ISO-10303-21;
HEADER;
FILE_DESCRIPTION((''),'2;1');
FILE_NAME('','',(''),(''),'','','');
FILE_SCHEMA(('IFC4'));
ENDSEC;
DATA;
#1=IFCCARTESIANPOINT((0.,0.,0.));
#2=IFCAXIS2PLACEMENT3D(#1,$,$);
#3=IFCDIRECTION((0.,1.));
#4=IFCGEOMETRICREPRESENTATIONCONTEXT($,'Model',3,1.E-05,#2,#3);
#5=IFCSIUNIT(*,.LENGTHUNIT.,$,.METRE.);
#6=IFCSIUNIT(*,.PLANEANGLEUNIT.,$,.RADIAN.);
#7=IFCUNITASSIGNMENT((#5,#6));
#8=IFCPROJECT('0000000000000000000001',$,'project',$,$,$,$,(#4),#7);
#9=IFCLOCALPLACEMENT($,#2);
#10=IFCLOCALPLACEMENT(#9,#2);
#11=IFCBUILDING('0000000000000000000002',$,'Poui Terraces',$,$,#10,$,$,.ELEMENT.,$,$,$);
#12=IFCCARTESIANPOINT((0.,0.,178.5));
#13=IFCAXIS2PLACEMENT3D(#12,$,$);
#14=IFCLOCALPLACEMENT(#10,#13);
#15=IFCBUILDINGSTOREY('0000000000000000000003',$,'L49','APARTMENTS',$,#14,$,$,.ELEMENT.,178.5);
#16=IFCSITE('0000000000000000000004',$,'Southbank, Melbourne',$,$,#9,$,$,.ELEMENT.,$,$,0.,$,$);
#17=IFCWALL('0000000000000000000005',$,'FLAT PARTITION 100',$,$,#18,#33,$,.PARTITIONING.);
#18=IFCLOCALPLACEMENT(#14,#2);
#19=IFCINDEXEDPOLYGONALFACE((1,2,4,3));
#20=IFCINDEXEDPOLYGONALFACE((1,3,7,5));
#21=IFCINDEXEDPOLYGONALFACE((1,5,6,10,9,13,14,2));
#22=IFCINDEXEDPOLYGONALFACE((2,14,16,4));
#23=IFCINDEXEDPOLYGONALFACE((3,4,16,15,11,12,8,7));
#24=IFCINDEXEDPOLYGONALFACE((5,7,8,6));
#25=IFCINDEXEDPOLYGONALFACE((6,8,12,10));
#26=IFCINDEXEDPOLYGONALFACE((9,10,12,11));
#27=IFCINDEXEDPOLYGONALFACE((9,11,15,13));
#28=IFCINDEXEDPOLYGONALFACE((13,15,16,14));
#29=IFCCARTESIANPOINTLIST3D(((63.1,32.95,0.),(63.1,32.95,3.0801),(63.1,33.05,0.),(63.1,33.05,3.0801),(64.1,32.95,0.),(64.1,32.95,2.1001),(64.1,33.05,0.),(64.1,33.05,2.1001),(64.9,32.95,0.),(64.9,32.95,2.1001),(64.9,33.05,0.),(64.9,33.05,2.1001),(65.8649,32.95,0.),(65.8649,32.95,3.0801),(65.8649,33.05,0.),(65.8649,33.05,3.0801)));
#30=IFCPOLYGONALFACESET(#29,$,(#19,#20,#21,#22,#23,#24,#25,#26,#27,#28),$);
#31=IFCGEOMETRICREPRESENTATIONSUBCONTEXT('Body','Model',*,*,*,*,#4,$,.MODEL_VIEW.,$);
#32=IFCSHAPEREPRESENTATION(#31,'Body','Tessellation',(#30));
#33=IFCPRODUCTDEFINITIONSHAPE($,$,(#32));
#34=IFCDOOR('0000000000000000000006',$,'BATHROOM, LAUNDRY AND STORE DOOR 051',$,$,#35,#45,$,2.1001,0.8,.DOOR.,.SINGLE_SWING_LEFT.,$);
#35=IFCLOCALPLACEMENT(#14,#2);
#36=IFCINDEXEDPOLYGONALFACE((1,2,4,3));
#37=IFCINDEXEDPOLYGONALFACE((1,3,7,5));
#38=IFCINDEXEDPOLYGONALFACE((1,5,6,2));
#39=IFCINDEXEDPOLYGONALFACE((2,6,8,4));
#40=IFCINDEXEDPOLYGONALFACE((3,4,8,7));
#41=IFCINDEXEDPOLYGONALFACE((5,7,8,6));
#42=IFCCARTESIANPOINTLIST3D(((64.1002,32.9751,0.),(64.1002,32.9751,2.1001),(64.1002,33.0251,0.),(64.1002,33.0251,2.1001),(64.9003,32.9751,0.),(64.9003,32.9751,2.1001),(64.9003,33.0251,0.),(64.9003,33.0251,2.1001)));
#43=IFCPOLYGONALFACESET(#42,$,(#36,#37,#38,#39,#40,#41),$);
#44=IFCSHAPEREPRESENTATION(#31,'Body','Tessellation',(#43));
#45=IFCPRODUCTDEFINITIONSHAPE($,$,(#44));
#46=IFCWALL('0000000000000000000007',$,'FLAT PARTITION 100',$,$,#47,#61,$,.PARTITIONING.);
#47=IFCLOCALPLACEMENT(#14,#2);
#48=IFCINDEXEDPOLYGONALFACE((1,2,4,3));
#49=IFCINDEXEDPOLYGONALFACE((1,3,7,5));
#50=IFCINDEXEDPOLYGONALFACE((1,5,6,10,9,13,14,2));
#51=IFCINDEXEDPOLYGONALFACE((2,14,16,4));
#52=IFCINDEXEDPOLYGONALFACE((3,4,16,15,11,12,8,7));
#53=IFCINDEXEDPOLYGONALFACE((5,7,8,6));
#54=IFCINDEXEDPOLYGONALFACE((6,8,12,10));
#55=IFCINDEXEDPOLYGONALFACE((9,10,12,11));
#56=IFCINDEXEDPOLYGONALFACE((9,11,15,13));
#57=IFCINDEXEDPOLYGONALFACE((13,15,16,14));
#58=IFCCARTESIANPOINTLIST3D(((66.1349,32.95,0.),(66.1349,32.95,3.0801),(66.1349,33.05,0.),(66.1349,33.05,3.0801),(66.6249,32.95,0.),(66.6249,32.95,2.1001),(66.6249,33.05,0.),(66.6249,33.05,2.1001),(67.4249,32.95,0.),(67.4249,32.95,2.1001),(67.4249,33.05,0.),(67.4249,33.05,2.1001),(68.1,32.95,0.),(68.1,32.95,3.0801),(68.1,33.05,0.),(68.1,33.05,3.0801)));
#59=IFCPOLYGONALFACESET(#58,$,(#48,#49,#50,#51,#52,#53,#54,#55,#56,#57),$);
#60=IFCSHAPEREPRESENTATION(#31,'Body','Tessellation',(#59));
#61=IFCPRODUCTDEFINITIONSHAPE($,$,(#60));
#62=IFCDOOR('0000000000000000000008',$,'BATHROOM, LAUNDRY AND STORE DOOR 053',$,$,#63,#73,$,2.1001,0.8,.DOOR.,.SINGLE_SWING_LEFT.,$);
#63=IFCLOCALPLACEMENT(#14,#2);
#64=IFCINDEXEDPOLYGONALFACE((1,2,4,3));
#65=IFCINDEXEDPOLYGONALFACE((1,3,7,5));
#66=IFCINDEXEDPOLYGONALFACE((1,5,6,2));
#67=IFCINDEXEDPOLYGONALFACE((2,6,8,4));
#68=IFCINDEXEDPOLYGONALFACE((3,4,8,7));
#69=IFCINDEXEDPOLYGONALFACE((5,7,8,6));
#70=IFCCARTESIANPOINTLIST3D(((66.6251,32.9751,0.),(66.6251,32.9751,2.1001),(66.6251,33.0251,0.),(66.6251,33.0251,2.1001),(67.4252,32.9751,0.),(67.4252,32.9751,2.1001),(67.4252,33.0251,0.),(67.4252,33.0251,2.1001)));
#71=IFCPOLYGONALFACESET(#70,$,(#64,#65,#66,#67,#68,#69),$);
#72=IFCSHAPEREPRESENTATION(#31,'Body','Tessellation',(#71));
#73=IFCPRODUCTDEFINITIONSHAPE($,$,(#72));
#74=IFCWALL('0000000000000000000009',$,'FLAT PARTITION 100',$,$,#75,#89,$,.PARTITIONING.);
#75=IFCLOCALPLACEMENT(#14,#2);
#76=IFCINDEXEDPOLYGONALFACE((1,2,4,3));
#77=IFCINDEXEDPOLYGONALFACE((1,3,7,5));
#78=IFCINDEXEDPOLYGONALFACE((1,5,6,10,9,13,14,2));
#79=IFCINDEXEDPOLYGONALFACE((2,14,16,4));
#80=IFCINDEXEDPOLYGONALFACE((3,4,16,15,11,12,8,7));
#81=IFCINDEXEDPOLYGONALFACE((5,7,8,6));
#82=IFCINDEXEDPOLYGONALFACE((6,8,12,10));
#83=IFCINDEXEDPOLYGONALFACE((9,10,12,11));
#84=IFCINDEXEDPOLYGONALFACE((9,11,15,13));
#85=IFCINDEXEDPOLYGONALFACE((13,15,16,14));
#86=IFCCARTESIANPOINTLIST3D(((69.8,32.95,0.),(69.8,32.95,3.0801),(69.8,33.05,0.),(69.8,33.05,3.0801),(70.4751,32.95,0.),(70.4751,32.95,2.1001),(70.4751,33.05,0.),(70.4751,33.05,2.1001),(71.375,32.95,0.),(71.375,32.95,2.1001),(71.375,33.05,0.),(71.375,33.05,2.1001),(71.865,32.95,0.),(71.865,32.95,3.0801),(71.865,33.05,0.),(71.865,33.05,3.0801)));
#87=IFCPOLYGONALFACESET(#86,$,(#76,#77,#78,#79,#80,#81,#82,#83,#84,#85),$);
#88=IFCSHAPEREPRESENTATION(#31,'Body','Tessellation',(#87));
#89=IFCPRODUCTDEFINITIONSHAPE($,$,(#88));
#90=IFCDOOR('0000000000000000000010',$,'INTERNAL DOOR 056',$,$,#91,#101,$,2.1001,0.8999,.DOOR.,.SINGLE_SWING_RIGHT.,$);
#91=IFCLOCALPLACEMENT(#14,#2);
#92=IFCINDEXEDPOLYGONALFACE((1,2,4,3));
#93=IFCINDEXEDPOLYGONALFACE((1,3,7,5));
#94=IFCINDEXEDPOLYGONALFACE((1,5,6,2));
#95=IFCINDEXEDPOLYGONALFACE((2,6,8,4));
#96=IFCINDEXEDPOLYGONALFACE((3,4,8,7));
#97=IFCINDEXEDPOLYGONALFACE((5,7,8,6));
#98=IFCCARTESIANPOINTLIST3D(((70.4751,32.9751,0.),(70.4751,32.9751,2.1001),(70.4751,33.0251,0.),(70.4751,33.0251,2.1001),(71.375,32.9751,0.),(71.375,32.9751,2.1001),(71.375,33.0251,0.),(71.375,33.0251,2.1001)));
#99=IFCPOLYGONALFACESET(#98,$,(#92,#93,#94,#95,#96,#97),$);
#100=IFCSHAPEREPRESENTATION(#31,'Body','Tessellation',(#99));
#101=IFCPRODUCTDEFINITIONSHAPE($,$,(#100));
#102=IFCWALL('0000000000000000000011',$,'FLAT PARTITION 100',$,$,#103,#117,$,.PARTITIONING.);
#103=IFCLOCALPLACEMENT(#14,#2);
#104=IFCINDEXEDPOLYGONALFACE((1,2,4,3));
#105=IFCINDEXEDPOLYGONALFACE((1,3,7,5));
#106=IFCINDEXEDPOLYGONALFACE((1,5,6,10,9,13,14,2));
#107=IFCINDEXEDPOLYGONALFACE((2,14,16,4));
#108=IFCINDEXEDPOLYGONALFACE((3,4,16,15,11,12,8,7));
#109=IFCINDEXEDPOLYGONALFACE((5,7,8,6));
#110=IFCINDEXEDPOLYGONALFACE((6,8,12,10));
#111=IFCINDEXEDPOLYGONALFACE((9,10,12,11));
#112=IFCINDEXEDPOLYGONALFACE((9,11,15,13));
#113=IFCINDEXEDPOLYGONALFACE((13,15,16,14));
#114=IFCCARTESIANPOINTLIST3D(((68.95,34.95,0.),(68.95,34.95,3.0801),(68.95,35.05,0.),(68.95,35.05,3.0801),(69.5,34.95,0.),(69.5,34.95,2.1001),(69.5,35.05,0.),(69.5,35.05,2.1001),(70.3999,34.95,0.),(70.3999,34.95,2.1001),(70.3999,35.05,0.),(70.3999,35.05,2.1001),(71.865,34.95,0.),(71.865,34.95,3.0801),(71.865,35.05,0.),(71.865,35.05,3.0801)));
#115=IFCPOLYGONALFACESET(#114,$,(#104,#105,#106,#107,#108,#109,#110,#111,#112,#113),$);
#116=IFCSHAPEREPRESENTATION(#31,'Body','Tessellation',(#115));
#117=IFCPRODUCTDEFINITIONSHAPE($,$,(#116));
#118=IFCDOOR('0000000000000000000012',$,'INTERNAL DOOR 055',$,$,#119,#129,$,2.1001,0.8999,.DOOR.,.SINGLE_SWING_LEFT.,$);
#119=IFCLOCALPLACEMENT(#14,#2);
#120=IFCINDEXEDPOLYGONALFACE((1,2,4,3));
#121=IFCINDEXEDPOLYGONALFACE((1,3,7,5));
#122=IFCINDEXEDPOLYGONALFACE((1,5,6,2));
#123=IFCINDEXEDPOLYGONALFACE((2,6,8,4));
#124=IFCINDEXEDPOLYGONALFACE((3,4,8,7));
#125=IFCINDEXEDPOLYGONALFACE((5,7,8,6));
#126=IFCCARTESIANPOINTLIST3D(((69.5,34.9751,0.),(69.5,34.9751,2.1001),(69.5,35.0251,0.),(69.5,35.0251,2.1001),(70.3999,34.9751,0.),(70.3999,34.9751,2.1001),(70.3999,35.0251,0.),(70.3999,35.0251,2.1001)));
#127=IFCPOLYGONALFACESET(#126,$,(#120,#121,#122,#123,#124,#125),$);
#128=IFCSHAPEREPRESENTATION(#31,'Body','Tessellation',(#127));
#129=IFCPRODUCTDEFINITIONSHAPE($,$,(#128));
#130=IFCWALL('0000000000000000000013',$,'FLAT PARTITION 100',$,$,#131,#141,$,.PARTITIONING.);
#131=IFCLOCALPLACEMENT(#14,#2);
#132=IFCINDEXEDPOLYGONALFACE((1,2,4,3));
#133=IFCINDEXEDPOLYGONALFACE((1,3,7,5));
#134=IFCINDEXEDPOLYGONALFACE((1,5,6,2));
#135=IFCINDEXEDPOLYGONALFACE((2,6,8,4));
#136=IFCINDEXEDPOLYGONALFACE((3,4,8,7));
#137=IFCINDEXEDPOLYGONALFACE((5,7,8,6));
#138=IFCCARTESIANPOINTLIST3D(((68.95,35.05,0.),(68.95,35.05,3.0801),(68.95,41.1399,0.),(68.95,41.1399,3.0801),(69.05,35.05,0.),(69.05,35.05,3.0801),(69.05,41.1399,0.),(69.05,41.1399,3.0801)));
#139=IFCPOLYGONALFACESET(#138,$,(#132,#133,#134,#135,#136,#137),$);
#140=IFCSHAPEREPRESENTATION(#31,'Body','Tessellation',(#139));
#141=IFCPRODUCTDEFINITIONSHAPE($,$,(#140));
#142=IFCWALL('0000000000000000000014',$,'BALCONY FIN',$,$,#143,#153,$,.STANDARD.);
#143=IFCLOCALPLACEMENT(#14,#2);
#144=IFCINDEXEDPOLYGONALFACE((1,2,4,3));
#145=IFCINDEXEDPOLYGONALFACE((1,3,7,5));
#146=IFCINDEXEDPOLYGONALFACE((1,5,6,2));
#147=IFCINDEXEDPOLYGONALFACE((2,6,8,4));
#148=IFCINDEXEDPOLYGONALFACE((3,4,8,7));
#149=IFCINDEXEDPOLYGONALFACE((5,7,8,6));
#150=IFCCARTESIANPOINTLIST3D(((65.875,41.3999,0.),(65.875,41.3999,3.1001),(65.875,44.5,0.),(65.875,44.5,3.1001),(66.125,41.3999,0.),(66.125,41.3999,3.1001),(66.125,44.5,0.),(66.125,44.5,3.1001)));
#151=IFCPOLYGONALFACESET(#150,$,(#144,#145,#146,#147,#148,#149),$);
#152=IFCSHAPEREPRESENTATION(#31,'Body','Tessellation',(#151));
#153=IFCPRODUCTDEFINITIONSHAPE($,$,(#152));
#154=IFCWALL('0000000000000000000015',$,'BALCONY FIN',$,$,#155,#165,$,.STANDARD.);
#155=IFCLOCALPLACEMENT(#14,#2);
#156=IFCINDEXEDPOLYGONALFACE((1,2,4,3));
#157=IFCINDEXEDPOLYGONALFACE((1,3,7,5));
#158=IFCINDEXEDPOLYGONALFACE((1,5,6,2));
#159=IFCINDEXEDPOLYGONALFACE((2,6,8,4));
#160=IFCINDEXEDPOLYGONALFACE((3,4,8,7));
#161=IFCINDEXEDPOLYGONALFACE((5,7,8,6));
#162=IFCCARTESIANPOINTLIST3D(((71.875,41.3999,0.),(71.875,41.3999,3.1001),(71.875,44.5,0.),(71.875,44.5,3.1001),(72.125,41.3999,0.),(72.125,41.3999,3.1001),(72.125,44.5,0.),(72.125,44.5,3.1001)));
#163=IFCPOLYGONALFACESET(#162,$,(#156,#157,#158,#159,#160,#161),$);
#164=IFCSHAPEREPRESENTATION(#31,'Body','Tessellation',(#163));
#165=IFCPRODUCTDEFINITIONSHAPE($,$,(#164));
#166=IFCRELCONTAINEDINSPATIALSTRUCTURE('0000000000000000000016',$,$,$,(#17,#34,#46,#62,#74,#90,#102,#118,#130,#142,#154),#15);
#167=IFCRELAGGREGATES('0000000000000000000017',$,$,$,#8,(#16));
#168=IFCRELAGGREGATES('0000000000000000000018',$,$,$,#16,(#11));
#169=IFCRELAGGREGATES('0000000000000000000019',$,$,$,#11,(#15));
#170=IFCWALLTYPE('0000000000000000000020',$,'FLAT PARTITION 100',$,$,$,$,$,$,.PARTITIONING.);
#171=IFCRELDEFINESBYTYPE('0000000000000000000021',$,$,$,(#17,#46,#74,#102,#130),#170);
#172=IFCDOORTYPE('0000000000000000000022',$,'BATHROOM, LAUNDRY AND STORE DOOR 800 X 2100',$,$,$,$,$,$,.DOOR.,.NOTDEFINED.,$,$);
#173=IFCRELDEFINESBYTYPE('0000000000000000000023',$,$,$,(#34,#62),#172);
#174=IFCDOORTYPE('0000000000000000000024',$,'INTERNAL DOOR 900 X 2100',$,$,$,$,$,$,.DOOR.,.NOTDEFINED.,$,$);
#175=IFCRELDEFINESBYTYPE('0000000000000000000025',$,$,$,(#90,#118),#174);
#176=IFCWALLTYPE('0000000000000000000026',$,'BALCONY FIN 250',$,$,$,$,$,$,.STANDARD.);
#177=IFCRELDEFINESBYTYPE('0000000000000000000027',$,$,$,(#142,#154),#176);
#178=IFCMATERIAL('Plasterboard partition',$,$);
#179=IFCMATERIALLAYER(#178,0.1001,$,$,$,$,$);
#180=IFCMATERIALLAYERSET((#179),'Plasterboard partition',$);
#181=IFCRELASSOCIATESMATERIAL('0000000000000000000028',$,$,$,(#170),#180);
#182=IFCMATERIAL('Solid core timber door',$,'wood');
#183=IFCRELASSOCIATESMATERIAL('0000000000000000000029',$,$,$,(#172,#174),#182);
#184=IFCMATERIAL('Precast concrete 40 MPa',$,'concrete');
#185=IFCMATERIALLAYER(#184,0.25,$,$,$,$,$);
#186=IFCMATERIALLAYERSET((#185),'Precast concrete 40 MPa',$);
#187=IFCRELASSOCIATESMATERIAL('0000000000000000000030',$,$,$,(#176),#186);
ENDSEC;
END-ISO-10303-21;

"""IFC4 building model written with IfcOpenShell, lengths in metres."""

from ifc_helpers import new_model, si_unit, direction, frame, frame_2d, origin, place, context, subcontext, project, spatial, polyline, rectangle, outline, extrude, source, transform, mapped, material, layer, layer_set, type_object, element, fill, save


model = new_model("IFC4")

# Units and contexts
model_context = context("Model", 3, precision=1e-05, world=origin(), true_north=direction((0.0, 1.0)))
body_context = subcontext(model_context, "Body", "Model", "MODEL_VIEW")
ifc_project = project(units=[si_unit("LENGTHUNIT", "METRE"), si_unit("PLANEANGLEUNIT", "RADIAN")], contexts=[model_context])

# Site, building, storey
site_placement = place(None, origin())
site = spatial("IfcSite", under=ifc_project, at=site_placement, Name="Southbank, Melbourne", CompositionType="ELEMENT", RefElevation=0.0)
building_placement = place(site_placement, origin())
building = spatial("IfcBuilding", under=site, at=building_placement, Name="Poui Terraces", CompositionType="ELEMENT")
storey_placement = place(building_placement, frame((0.0, 0.0, 178.5)))
storey = spatial("IfcBuildingStorey", under=building, at=storey_placement, Name="L49", Description="APARTMENTS", CompositionType="ELEMENT", Elevation=178.5)

# Walls, openings, doors
ifc_material_1 = material(Name="Plasterboard partition")
ifc_layer_1 = layer(ifc_material_1, 0.1001)
ifc_layer_set_1 = layer_set([ifc_layer_1], Name="Plasterboard partition")
wall_type_1 = type_object("IfcWallType", Name="FLAT PARTITION 100", PredefinedType="PARTITIONING", material=ifc_layer_set_1)
wall_1_placement = place(storey_placement, frame((63.1001, 33.0, 0.0), z_axis=(0.0, 0.0, 1.0), x_axis=(1.0, 0.0, 0.0)))
wall_1 = element("IfcWall", 1, at=wall_1_placement, inside=storey, type_object=wall_type_1, Name="FLAT PARTITION 100", PredefinedType="PARTITIONING", context=body_context, shape_type="SweptSolid", body=[
    extrude(rectangle(XDim=2.7649, YDim=0.1001, at=frame_2d((1.3823, 0.0))), origin(), (0.0, 0.0, 1.0), 3.0801),
])
opening_1_placement = place(wall_1_placement, frame((1.0, 0.0, 0.0)))
opening_1 = element("IfcOpeningElement", 2, at=opening_1_placement, cuts=wall_1, PredefinedType="OPENING", context=body_context, shape_type="SweptSolid", body=[
    extrude(rectangle(XDim=0.8, YDim=2.1001, at=frame_2d((0.3999, 1.05))), frame((0.0, 0.0601, 0.0), z_axis=(0.0, -1.0, 0.0), x_axis=(1.0, 0.0, 0.0)), (0.0, 0.0, 1.0), 0.1201),
])
ifc_material_2 = material(Name="Solid core timber door", Category="wood")
door_type_1 = type_object("IfcDoorType", Name="BATHROOM, LAUNDRY AND STORE DOOR 800 X 2100", OperationType="NOTDEFINED", PredefinedType="DOOR", material=ifc_material_2)
door_1_placement = place(opening_1_placement, frame((0.8, 0.0, 0.0), z_axis=(0.0, 0.0, 1.0), x_axis=(-1.0, 0.0, 0.0)))
door_1 = element("IfcDoor", 3, at=door_1_placement, inside=storey, type_object=door_type_1, Name="BATHROOM, LAUNDRY AND STORE DOOR 051", OperationType="SINGLE_SWING_LEFT", OverallHeight=2.1001, OverallWidth=0.8, PredefinedType="DOOR", context=body_context, shape_type="SweptSolid", body=[
    extrude(rectangle(XDim=0.8, YDim=2.1001, at=frame_2d((0.3999, 1.05))), frame((0.0, 0.0249, 0.0), z_axis=(0.0, -1.0, 0.0), x_axis=(1.0, 0.0, 0.0)), (0.0, 0.0, 1.0), 0.05),
])
fill(opening_1, door_1)
wall_2_placement = place(storey_placement, frame((66.135, 33.0, 0.0), z_axis=(0.0, 0.0, 1.0), x_axis=(1.0, 0.0, 0.0)))
wall_2 = element("IfcWall", 4, at=wall_2_placement, inside=storey, type_object=wall_type_1, Name="FLAT PARTITION 100", PredefinedType="PARTITIONING", context=body_context, shape_type="SweptSolid", body=[
    extrude(rectangle(XDim=1.9651, YDim=0.1001, at=frame_2d((0.9824, 0.0))), origin(), (0.0, 0.0, 1.0), 3.0801),
])
opening_2_placement = place(wall_2_placement, frame((0.49, 0.0, 0.0)))
opening_2 = element("IfcOpeningElement", 5, at=opening_2_placement, cuts=wall_2, PredefinedType="OPENING", context=body_context, shape_type="SweptSolid", body=[
    extrude(rectangle(XDim=0.8, YDim=2.1001, at=frame_2d((0.3999, 1.05))), frame((0.0, 0.0601, 0.0), z_axis=(0.0, -1.0, 0.0), x_axis=(1.0, 0.0, 0.0)), (0.0, 0.0, 1.0), 0.1201),
])
door_2_placement = place(opening_2_placement, frame((0.8, 0.0, 0.0), z_axis=(0.0, 0.0, 1.0), x_axis=(-1.0, 0.0, 0.0)))
door_2 = element("IfcDoor", 6, at=door_2_placement, inside=storey, type_object=door_type_1, Name="BATHROOM, LAUNDRY AND STORE DOOR 053", OperationType="SINGLE_SWING_LEFT", OverallHeight=2.1001, OverallWidth=0.8, PredefinedType="DOOR", context=body_context, shape_type="SweptSolid", body=[
    extrude(rectangle(XDim=0.8, YDim=2.1001, at=frame_2d((0.3999, 1.05))), frame((0.0, 0.0249, 0.0), z_axis=(0.0, -1.0, 0.0), x_axis=(1.0, 0.0, 0.0)), (0.0, 0.0, 1.0), 0.05),
])
fill(opening_2, door_2)
wall_3_placement = place(storey_placement, frame((69.8, 33.0, 0.0), z_axis=(0.0, 0.0, 1.0), x_axis=(1.0, 0.0, 0.0)))
wall_3 = element("IfcWall", 7, at=wall_3_placement, inside=storey, type_object=wall_type_1, Name="FLAT PARTITION 100", PredefinedType="PARTITIONING", context=body_context, shape_type="SweptSolid", body=[
    extrude(rectangle(XDim=2.0649, YDim=0.1001, at=frame_2d((1.0325, 0.0))), origin(), (0.0, 0.0, 1.0), 3.0801),
])
opening_3_placement = place(wall_3_placement, frame((0.675, 0.0, 0.0)))
opening_3 = element("IfcOpeningElement", 8, at=opening_3_placement, cuts=wall_3, PredefinedType="OPENING", context=body_context, shape_type="SweptSolid", body=[
    extrude(rectangle(XDim=0.8999, YDim=2.1001, at=frame_2d((0.45, 1.05))), frame((0.0, 0.0601, 0.0), z_axis=(0.0, -1.0, 0.0), x_axis=(1.0, 0.0, 0.0)), (0.0, 0.0, 1.0), 0.1201),
])
door_type_2 = type_object("IfcDoorType", Name="INTERNAL DOOR 900 X 2100", OperationType="NOTDEFINED", PredefinedType="DOOR", material=ifc_material_2)
door_3_placement = place(opening_3_placement, frame((0.8999, 0.0, 0.0), z_axis=(0.0, 0.0, 1.0), x_axis=(-1.0, 0.0, 0.0)))
door_3 = element("IfcDoor", 9, at=door_3_placement, inside=storey, type_object=door_type_2, Name="INTERNAL DOOR 056", OperationType="SINGLE_SWING_RIGHT", OverallHeight=2.1001, OverallWidth=0.8999, PredefinedType="DOOR", context=body_context, shape_type="SweptSolid", body=[
    extrude(rectangle(XDim=0.8999, YDim=2.1001, at=frame_2d((0.45, 1.05))), frame((0.0, 0.0249, 0.0), z_axis=(0.0, -1.0, 0.0), x_axis=(1.0, 0.0, 0.0)), (0.0, 0.0, 1.0), 0.05),
])
fill(opening_3, door_3)
wall_4_placement = place(storey_placement, frame((68.95, 35.0, 0.0), z_axis=(0.0, 0.0, 1.0), x_axis=(1.0, 0.0, 0.0)))
wall_4 = element("IfcWall", 10, at=wall_4_placement, inside=storey, type_object=wall_type_1, Name="FLAT PARTITION 100", PredefinedType="PARTITIONING", context=body_context, shape_type="SweptSolid", body=[
    extrude(rectangle(XDim=2.915, YDim=0.1001, at=frame_2d((1.4575, 0.0))), origin(), (0.0, 0.0, 1.0), 3.0801),
])
opening_4_placement = place(wall_4_placement, frame((0.55, 0.0, 0.0)))
opening_4 = element("IfcOpeningElement", 11, at=opening_4_placement, cuts=wall_4, PredefinedType="OPENING", context=body_context, shape_type="SweptSolid", body=[
    extrude(rectangle(XDim=0.8999, YDim=2.1001, at=frame_2d((0.45, 1.05))), frame((0.0, 0.0601, 0.0), z_axis=(0.0, -1.0, 0.0), x_axis=(1.0, 0.0, 0.0)), (0.0, 0.0, 1.0), 0.1201),
])
door_4_placement = place(opening_4_placement, frame((0.8999, 0.0, 0.0), z_axis=(0.0, 0.0, 1.0), x_axis=(-1.0, 0.0, 0.0)))
door_4 = element("IfcDoor", 12, at=door_4_placement, inside=storey, type_object=door_type_2, Name="INTERNAL DOOR 055", OperationType="SINGLE_SWING_LEFT", OverallHeight=2.1001, OverallWidth=0.8999, PredefinedType="DOOR", context=body_context, shape_type="SweptSolid", body=[
    extrude(rectangle(XDim=0.8999, YDim=2.1001, at=frame_2d((0.45, 1.05))), frame((0.0, 0.0249, 0.0), z_axis=(0.0, -1.0, 0.0), x_axis=(1.0, 0.0, 0.0)), (0.0, 0.0, 1.0), 0.05),
])
fill(opening_4, door_4)

# Walls
wall_5_placement = place(storey_placement, frame((69.0, 35.05, 0.0), z_axis=(0.0, 0.0, 1.0), x_axis=(0.0, 1.0, 0.0)))
element("IfcWall", 13, at=wall_5_placement, inside=storey, type_object=wall_type_1, Name="FLAT PARTITION 100", PredefinedType="PARTITIONING", context=body_context, shape_type="SweptSolid", body=[
    extrude(rectangle(XDim=6.0898, YDim=0.1001, at=frame_2d((3.0449, 0.0))), origin(), (0.0, 0.0, 1.0), 3.0801),
])
ifc_material_3 = material(Name="Precast concrete 40 MPa", Category="concrete")
ifc_layer_2 = layer(ifc_material_3, 0.25)
ifc_layer_set_2 = layer_set([ifc_layer_2], Name="Precast concrete 40 MPa")
wall_type_2 = type_object("IfcWallType", Name="BALCONY FIN 250", PredefinedType="STANDARD", material=ifc_layer_set_2)
shared_shape_1 = source(origin(), body_context, "Body", "SweptSolid", [
    extrude(outline(polyline([(0.0, 0.0), (0.25, 0.0), (0.25, 3.1001), (0.0, 3.1001), (0.0, 0.0)])), origin(), (0.0, 0.0, 1.0), 3.1001),
])
for number, where, name in (
    (14, (65.875, 41.3999, 0.0), "BALCONY FIN"),
    (15, (71.875, 41.3999, 0.0), "BALCONY FIN"),
):
    element("IfcWall", number, at=place(storey_placement, frame(where)), inside=storey, type_object=wall_type_2, Name=name, PredefinedType="STANDARD", context=body_context, shape_type="MappedRepresentation", body=[
        mapped(shared_shape_1, transform((0.0, 0.0, 0.0))),
    ])

save(model, "model.ifc")
